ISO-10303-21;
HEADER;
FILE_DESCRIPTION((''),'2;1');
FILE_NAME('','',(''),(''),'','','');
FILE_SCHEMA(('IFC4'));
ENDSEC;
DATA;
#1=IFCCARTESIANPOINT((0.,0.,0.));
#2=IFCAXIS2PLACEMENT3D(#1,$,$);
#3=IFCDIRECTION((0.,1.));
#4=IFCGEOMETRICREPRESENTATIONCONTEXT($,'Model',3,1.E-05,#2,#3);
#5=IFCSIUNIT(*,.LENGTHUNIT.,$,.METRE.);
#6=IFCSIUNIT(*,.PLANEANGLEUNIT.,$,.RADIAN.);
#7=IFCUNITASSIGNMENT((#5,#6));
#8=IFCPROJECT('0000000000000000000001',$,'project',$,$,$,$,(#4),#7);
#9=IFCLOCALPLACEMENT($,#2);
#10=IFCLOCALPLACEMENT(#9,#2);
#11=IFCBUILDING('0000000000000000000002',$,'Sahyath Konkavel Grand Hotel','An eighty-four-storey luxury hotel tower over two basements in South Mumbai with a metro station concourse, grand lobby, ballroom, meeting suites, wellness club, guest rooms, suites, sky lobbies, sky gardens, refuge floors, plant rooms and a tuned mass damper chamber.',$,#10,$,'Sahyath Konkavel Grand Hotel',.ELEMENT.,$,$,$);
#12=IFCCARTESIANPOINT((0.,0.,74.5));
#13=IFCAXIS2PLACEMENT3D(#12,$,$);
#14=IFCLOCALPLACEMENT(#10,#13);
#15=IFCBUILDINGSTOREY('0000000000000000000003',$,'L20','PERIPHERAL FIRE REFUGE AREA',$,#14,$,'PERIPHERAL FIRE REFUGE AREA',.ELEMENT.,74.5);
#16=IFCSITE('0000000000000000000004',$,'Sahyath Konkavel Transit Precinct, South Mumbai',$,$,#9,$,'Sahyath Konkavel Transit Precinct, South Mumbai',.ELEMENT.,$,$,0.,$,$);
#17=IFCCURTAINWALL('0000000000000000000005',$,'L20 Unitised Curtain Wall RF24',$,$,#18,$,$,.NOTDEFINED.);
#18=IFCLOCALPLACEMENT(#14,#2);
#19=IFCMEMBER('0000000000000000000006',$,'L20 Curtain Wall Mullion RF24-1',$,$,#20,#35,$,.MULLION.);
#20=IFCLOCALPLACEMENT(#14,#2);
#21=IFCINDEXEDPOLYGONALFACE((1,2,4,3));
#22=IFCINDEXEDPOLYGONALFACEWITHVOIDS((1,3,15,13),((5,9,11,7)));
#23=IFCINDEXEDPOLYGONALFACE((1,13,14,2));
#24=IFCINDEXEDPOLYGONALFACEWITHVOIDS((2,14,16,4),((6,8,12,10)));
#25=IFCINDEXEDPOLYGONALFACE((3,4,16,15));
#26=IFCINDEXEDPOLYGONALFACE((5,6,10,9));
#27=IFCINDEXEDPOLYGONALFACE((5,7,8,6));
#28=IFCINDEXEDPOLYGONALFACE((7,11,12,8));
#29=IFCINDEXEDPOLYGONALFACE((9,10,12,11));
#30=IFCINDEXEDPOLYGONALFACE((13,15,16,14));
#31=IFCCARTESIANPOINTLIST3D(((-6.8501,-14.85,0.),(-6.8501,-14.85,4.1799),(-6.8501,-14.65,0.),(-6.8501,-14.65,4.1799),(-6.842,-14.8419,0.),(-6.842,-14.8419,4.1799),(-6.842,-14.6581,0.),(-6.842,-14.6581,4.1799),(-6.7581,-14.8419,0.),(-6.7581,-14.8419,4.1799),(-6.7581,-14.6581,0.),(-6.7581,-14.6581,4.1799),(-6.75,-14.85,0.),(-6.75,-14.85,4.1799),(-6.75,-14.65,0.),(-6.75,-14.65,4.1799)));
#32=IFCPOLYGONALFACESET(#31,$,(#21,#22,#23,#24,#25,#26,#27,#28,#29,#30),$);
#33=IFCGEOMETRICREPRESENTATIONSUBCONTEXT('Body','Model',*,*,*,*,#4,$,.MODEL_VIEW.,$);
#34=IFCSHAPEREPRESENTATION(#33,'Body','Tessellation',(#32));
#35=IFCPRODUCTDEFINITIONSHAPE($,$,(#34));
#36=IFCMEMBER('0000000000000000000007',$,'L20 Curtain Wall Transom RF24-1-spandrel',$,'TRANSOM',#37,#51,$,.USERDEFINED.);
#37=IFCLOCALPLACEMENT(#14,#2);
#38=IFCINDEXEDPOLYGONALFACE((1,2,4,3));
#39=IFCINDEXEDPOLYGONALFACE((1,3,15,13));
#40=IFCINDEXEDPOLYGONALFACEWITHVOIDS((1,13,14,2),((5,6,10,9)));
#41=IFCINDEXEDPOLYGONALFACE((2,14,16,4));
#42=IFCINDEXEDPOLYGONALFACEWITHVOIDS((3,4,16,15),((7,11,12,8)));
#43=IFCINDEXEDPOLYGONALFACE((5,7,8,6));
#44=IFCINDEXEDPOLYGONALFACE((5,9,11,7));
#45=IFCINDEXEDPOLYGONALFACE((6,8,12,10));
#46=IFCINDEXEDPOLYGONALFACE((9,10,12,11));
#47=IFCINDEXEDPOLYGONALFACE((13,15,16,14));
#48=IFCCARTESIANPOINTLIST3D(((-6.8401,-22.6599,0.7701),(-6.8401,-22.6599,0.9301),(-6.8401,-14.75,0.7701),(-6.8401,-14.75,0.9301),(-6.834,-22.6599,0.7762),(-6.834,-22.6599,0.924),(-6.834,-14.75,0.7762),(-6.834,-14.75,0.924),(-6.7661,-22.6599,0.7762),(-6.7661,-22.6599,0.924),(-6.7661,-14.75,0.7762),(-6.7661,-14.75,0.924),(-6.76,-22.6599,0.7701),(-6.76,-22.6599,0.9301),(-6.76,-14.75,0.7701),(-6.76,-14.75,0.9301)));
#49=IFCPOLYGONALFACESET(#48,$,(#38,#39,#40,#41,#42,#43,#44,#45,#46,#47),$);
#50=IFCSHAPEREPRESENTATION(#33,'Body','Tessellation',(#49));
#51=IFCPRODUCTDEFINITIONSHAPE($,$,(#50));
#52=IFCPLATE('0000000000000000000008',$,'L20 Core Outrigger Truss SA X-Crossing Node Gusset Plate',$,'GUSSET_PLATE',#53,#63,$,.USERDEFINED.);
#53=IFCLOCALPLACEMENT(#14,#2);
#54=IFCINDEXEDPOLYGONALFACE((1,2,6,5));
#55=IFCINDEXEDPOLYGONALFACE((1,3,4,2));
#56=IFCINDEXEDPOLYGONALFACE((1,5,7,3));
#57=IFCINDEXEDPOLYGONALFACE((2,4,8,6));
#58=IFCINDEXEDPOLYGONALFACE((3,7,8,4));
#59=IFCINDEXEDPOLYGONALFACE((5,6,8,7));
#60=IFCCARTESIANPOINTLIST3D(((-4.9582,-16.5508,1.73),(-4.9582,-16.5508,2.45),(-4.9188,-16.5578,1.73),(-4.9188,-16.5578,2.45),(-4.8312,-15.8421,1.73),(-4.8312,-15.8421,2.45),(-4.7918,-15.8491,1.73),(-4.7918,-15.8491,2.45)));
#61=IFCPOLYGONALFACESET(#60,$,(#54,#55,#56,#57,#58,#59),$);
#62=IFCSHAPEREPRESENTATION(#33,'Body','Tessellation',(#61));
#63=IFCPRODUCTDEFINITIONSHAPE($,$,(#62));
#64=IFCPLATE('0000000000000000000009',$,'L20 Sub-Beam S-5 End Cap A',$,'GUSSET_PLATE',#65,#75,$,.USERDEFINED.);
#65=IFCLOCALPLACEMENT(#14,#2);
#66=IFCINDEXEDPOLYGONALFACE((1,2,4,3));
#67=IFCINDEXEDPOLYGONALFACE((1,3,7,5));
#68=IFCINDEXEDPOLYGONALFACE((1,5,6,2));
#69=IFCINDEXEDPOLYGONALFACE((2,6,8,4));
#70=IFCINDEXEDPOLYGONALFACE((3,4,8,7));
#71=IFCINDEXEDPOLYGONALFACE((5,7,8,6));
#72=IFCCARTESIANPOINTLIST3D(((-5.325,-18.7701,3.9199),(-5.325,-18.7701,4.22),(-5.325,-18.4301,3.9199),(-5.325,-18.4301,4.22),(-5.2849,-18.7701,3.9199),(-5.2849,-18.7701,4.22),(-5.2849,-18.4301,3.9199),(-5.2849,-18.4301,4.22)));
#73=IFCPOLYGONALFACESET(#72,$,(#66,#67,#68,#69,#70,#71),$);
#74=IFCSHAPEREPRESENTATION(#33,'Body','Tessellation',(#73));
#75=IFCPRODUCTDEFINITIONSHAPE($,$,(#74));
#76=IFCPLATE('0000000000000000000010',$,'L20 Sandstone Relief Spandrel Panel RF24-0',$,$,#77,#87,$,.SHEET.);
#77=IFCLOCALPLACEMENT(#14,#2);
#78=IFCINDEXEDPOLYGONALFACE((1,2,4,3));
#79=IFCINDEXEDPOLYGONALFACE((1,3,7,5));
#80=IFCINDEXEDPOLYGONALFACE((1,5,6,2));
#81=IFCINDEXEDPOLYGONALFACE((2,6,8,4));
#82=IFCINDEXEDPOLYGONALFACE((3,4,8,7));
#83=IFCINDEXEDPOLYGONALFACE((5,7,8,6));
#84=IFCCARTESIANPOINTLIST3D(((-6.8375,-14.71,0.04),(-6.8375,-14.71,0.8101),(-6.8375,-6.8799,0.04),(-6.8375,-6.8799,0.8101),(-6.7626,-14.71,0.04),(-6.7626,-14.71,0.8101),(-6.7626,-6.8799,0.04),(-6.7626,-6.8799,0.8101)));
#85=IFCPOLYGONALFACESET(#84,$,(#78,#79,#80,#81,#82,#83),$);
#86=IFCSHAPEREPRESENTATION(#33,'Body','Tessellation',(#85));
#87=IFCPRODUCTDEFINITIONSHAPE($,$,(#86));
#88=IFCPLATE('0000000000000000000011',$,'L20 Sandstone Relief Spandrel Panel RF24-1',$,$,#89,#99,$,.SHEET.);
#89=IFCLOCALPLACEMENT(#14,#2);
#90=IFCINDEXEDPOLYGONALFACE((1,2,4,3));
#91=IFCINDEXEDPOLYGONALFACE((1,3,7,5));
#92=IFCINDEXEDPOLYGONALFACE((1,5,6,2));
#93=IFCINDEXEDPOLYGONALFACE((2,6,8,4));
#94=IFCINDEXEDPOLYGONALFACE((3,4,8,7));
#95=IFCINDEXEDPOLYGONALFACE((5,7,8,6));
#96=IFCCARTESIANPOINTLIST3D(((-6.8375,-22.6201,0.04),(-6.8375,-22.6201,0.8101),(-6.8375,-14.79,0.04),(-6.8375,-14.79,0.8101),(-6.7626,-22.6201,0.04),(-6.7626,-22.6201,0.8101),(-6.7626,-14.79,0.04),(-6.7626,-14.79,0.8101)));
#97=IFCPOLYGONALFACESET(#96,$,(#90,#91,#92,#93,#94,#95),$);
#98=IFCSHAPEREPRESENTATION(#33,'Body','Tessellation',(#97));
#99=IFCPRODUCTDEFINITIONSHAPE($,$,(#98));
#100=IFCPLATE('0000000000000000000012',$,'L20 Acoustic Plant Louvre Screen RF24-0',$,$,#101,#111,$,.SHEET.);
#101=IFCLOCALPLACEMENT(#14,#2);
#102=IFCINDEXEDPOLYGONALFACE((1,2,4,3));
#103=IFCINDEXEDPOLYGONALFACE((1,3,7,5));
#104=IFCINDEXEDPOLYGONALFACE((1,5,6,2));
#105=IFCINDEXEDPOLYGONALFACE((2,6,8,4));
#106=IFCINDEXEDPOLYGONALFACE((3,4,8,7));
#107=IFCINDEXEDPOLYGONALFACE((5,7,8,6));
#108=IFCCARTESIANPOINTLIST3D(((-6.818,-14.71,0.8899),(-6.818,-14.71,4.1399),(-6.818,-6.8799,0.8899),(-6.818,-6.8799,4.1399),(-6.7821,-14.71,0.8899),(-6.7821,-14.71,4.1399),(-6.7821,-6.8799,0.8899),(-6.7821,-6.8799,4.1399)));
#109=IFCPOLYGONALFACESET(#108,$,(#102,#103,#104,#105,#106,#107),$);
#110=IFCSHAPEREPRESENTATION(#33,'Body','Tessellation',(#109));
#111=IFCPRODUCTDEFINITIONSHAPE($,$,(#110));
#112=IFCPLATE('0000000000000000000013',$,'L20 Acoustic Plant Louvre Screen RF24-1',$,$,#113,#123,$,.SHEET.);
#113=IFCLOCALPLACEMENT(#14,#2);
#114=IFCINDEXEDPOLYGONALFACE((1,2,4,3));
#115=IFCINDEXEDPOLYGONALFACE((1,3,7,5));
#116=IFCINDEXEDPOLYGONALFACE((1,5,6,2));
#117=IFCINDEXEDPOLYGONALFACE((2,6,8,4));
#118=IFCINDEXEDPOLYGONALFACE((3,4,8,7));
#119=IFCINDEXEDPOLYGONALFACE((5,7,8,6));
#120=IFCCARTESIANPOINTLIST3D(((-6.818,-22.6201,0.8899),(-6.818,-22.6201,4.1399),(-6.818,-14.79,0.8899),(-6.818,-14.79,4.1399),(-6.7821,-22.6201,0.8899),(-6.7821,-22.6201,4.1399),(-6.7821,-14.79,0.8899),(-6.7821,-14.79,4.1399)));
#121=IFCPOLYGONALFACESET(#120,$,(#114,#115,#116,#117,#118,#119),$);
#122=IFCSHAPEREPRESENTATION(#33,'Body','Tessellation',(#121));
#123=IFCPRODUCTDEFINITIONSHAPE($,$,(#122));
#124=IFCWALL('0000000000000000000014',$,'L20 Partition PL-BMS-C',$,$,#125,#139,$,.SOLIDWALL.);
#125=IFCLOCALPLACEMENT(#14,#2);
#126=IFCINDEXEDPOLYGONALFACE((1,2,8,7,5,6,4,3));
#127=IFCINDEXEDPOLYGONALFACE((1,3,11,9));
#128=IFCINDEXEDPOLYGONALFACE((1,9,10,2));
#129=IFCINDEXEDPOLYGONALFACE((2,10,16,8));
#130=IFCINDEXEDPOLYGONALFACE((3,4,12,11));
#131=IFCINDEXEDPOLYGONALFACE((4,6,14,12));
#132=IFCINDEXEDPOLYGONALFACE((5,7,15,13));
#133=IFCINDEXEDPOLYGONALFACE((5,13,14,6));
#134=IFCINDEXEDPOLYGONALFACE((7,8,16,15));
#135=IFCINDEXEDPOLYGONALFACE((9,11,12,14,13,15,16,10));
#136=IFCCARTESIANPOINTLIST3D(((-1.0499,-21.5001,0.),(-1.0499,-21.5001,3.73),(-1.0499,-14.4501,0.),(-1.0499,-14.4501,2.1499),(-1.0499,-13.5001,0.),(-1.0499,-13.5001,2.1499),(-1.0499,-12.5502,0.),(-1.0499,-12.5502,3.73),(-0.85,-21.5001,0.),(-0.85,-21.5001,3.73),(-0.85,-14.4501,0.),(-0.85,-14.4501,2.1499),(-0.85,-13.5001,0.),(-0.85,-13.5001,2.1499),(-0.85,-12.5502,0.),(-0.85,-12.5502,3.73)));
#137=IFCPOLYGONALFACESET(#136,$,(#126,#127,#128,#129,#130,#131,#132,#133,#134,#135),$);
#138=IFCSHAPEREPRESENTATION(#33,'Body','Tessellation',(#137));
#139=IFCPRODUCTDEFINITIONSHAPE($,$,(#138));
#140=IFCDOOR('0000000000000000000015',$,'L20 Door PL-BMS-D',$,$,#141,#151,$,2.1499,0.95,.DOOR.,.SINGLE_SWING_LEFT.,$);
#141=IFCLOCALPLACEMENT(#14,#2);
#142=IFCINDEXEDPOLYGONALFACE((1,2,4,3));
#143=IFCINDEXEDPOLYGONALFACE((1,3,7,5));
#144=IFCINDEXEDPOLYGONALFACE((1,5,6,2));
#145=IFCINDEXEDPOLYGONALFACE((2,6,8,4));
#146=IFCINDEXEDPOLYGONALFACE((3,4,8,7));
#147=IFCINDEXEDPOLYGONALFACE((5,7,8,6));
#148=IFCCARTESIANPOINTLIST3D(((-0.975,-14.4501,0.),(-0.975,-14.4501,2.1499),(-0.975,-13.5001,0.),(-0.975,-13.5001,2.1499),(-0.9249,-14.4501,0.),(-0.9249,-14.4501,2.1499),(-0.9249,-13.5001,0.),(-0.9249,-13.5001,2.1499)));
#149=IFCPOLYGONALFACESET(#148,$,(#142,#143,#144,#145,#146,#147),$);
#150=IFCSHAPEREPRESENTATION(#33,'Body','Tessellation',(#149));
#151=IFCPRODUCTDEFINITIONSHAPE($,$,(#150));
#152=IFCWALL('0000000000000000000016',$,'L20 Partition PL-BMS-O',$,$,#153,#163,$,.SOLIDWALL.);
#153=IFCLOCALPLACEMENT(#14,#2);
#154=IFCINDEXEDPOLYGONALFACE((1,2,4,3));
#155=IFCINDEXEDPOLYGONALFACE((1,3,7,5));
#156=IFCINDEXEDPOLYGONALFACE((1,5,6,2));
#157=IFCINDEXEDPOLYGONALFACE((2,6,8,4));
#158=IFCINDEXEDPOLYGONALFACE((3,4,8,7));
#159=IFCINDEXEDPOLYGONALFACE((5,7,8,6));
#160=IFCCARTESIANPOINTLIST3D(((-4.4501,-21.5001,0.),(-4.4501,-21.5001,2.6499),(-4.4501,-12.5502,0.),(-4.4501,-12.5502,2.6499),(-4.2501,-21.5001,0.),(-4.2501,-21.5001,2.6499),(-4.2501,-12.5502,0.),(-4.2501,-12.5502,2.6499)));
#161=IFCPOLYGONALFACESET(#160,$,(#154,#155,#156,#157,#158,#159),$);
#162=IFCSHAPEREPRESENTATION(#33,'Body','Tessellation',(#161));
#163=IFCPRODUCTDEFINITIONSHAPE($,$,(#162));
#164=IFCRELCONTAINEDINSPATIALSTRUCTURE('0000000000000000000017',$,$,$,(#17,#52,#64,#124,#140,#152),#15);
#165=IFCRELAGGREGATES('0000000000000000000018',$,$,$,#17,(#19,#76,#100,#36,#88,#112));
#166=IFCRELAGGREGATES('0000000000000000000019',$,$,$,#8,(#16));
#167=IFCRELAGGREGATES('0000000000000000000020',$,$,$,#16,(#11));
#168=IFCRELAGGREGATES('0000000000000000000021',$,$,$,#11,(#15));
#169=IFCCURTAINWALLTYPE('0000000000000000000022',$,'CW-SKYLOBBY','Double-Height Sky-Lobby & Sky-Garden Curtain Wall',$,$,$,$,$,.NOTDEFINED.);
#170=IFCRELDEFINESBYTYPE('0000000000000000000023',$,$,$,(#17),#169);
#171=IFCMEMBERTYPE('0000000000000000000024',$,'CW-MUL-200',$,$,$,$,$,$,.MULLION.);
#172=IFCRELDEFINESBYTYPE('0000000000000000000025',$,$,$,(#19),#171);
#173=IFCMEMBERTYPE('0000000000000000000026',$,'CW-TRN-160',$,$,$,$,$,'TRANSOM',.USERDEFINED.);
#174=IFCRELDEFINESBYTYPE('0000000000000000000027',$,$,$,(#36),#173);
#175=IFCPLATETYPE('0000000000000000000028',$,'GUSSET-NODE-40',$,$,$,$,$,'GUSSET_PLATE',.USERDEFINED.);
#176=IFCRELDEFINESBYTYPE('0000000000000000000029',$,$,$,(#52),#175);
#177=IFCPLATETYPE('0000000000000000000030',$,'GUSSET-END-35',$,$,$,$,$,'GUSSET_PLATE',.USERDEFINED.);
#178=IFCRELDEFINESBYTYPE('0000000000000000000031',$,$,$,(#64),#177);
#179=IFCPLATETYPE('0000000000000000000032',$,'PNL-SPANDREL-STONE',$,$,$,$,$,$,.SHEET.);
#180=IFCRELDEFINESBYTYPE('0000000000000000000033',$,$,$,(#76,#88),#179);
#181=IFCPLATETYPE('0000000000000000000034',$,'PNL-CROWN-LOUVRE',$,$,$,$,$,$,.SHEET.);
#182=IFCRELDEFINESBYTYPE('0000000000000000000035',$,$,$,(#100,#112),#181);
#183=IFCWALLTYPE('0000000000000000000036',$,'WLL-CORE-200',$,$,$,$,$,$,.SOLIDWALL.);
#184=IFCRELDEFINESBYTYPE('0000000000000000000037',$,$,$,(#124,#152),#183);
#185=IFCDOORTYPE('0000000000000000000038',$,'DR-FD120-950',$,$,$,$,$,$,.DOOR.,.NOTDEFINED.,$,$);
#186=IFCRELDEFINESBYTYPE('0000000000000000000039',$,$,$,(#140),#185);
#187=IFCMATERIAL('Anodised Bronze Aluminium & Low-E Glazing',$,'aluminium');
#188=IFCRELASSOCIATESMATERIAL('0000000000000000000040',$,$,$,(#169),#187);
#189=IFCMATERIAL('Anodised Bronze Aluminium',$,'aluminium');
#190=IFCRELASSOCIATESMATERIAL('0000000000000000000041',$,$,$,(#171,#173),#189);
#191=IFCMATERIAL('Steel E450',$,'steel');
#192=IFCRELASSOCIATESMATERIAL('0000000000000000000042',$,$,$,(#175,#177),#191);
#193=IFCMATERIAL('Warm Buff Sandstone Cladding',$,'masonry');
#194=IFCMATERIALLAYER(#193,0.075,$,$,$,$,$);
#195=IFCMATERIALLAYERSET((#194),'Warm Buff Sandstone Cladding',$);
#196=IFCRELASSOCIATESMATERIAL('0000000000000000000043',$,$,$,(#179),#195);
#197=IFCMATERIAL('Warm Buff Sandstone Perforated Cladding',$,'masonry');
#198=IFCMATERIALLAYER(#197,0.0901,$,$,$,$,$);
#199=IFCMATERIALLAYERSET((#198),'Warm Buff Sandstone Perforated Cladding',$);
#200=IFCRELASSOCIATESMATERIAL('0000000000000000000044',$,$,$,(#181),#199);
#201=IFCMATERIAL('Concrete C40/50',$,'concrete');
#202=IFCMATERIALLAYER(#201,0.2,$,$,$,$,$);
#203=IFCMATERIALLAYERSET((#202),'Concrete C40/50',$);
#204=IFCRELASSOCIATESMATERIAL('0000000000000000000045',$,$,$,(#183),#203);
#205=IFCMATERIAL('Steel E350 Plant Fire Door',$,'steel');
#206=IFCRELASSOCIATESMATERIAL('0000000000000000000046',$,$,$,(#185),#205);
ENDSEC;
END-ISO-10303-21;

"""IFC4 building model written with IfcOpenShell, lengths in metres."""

from ifc_helpers import new_model, si_unit, direction, frame, frame_2d, origin, origin_2d, place, context, subcontext, project, spatial, rectangle, hollow_rectangle, extrude, source, transform, mapped, material, layer, layer_set, material_profile, profile_set, type_object, element, fill, aggregate, save


model = new_model("IFC4")

# Units and contexts
model_context = context("Model", 3, precision=1e-05, world=origin(), true_north=direction((0.0, 1.0)))
body_context = subcontext(model_context, "Body", "Model", "MODEL_VIEW")
ifc_project = project(units=[si_unit("LENGTHUNIT", "METRE"), si_unit("PLANEANGLEUNIT", "RADIAN")], contexts=[model_context])

# Site, building, storey
site_placement = place(None, origin())
site = spatial("IfcSite", under=ifc_project, at=site_placement, Name="Sahyath Konkavel Transit Precinct, South Mumbai", LongName="Sahyath Konkavel Transit Precinct, South Mumbai", CompositionType="ELEMENT", RefElevation=0.0)
building_placement = place(site_placement, origin())
building = spatial("IfcBuilding", under=site, at=building_placement, Name="Sahyath Konkavel Grand Hotel", Description="An eighty-four-storey luxury hotel tower over two basements in South Mumbai with a metro station concourse, grand lobby, ballroom, meeting suites, wellness club, guest rooms, suites, sky lobbies, sky gardens, refuge floors, plant rooms and a tuned mass damper chamber.", LongName="Sahyath Konkavel Grand Hotel", CompositionType="ELEMENT")
storey_placement = place(building_placement, frame((0.0, 0.0, 74.5)))
storey = spatial("IfcBuildingStorey", under=building, at=storey_placement, Name="L20", Description="PERIPHERAL FIRE REFUGE AREA", LongName="PERIPHERAL FIRE REFUGE AREA", CompositionType="ELEMENT", Elevation=74.5)

# Shared definitions
ifc_material_1 = material(Name="Steel E450", Category="steel")

# Curtain wall, members
ifc_material_2 = material(Name="Anodised Bronze Aluminium & Low-E Glazing", Category="aluminium")
curtain_wall_type = type_object("IfcCurtainWallType", Name="CW-SKYLOBBY", Description="Double-Height Sky-Lobby & Sky-Garden Curtain Wall", PredefinedType="NOTDEFINED", material=ifc_material_2)
curtain_wall_placement = place(storey_placement, origin())
curtain_wall = element("IfcCurtainWall", 1, at=curtain_wall_placement, inside=storey, type_object=curtain_wall_type, Name="L20 Unitised Curtain Wall RF24", PredefinedType="NOTDEFINED")
ifc_material_3 = material(Name="Anodised Bronze Aluminium", Category="aluminium")
ifc_material_profile_1 = material_profile(ifc_material_3, hollow_rectangle(XDim=0.1001, YDim=0.2, WallThickness=0.0081, at=origin_2d()), Name="RHS 200x100x8")
ifc_profile_set_1 = profile_set([ifc_material_profile_1], Name="Anodised Bronze Aluminium")
member_type_1 = type_object("IfcMemberType", Name="CW-MUL-200", PredefinedType="MULLION", material=ifc_profile_set_1)
shared_shape_1 = source(origin(), body_context, "Body", "SweptSolid", [
    extrude(hollow_rectangle(XDim=0.1001, YDim=0.2, WallThickness=0.0081, at=origin_2d()), origin(), (0.0, 0.0, 1.0), 4.1799),
])
member_1_placement = place(storey_placement, frame((-6.8, -14.75, 0.0), z_axis=(0.0, 0.0, 1.0), x_axis=(1.0, 0.0, 0.0)))
member_1 = element("IfcMember", 2, at=member_1_placement, type_object=member_type_1, Name="L20 Curtain Wall Mullion RF24-1", PredefinedType="MULLION", context=body_context, shape_type="MappedRepresentation", body=[
    mapped(shared_shape_1, transform((0.0, 0.0, 0.0), scale=1.0)),
])
ifc_material_profile_2 = material_profile(ifc_material_3, hollow_rectangle(XDim=0.0801, YDim=0.1599, WallThickness=0.0061, at=origin_2d()), Name="RHS 160x80x6")
ifc_profile_set_2 = profile_set([ifc_material_profile_2], Name="Anodised Bronze Aluminium")
member_type_2 = type_object("IfcMemberType", Name="CW-TRN-160", ElementType="TRANSOM", PredefinedType="USERDEFINED", material=ifc_profile_set_2)
shared_shape_2 = source(origin(), body_context, "Body", "SweptSolid", [
    extrude(hollow_rectangle(XDim=0.0801, YDim=0.1599, WallThickness=0.0061, at=origin_2d()), origin(), (0.0, 0.0, 1.0), 7.9099),
])
member_2_placement = place(storey_placement, frame((-6.8, -14.75, 0.8501), z_axis=(0.0, -1.0, 0.0), x_axis=(1.0, 0.0, 0.0)))
member_2 = element("IfcMember", 3, at=member_2_placement, type_object=member_type_2, Name="L20 Curtain Wall Transom RF24-1-spandrel", ObjectType="TRANSOM", PredefinedType="USERDEFINED", context=body_context, shape_type="MappedRepresentation", body=[
    mapped(shared_shape_2, transform((0.0, 0.0, 0.0), scale=1.0)),
])

# Plates
plate_type_1 = type_object("IfcPlateType", Name="GUSSET-NODE-40", ElementType="GUSSET_PLATE", PredefinedType="USERDEFINED", material=ifc_material_1)
shared_shape_3 = source(origin(), body_context, "Body", "SweptSolid", [
    extrude(rectangle(XDim=0.72, YDim=0.04, at=origin_2d()), origin(), (0.0, 0.0, 1.0), 0.72),
])
plate_1_placement = place(storey_placement, frame((-4.875, -16.2, 1.73), z_axis=(0.0, 0.0, 1.0), x_axis=(-0.176363, -0.984325, 0.0)))
element("IfcPlate", 4, at=plate_1_placement, inside=storey, type_object=plate_type_1, Name="L20 Core Outrigger Truss SA X-Crossing Node Gusset Plate", ObjectType="GUSSET_PLATE", PredefinedType="USERDEFINED", context=body_context, shape_type="MappedRepresentation", body=[
    mapped(shared_shape_3, transform((0.0, 0.0, 0.0), scale=1.0)),
])
plate_type_2 = type_object("IfcPlateType", Name="GUSSET-END-35", ElementType="GUSSET_PLATE", PredefinedType="USERDEFINED", material=ifc_material_1)
shared_shape_4 = source(origin(), body_context, "Body", "SweptSolid", [
    extrude(rectangle(XDim=0.04, YDim=0.3401, at=origin_2d()), origin(), (0.0, 0.0, 1.0), 0.3),
])
plate_2_placement = place(storey_placement, frame((-5.3049, -18.6001, 3.9199), z_axis=(0.0, 0.0, 1.0), x_axis=(1.0, 0.0, 0.0)))
element("IfcPlate", 5, at=plate_2_placement, inside=storey, type_object=plate_type_2, Name="L20 Sub-Beam S-5 End Cap A", ObjectType="GUSSET_PLATE", PredefinedType="USERDEFINED", context=body_context, shape_type="MappedRepresentation", body=[
    mapped(shared_shape_4, transform((0.0, 0.0, 0.0), scale=1.0)),
])

# Plates
ifc_material_4 = material(Name="Warm Buff Sandstone Cladding", Category="masonry")
ifc_layer_1 = layer(ifc_material_4, 0.075)
ifc_layer_set_1 = layer_set([ifc_layer_1], Name="Warm Buff Sandstone Cladding")
plate_type_3 = type_object("IfcPlateType", Name="PNL-SPANDREL-STONE", PredefinedType="SHEET", material=ifc_layer_set_1)
shared_shape_5 = source(origin(), body_context, "Body", "SweptSolid", [
    extrude(rectangle(XDim=7.8301, YDim=0.075, at=origin_2d()), origin(), (0.0, 0.0, 1.0), 0.77),
])
plate_3_placement = place(storey_placement, frame((-6.8, -10.7949, 0.04), z_axis=(0.0, 0.0, 1.0), x_axis=(0.0, -1.0, 0.0)))
plate_3 = element("IfcPlate", 6, at=plate_3_placement, type_object=plate_type_3, Name="L20 Sandstone Relief Spandrel Panel RF24-0", PredefinedType="SHEET", context=body_context, shape_type="MappedRepresentation", body=[
    mapped(shared_shape_5, transform((0.0, 0.0, 0.0), scale=1.0)),
])
plate_4_placement = place(storey_placement, frame((-6.8, -18.7051, 0.04), z_axis=(0.0, 0.0, 1.0), x_axis=(0.0, -1.0, 0.0)))
plate_4 = element("IfcPlate", 7, at=plate_4_placement, type_object=plate_type_3, Name="L20 Sandstone Relief Spandrel Panel RF24-1", PredefinedType="SHEET", context=body_context, shape_type="MappedRepresentation", body=[
    mapped(shared_shape_5, transform((0.0, 0.0, 0.0), scale=1.0)),
])
ifc_material_5 = material(Name="Warm Buff Sandstone Perforated Cladding", Category="masonry")
ifc_layer_2 = layer(ifc_material_5, 0.0901)
ifc_layer_set_2 = layer_set([ifc_layer_2], Name="Warm Buff Sandstone Perforated Cladding")
plate_type_4 = type_object("IfcPlateType", Name="PNL-CROWN-LOUVRE", PredefinedType="SHEET", material=ifc_layer_set_2)
shared_shape_6 = source(origin(), body_context, "Body", "SweptSolid", [
    extrude(rectangle(XDim=7.8301, YDim=0.0359, at=origin_2d()), origin(), (0.0, 0.0, 1.0), 3.25),
])
plate_5_placement = place(storey_placement, frame((-6.8, -10.7949, 0.8899), z_axis=(0.0, 0.0, 1.0), x_axis=(0.0, -1.0, 0.0)))
plate_5 = element("IfcPlate", 8, at=plate_5_placement, type_object=plate_type_4, Name="L20 Acoustic Plant Louvre Screen RF24-0", PredefinedType="SHEET", context=body_context, shape_type="MappedRepresentation", body=[
    mapped(shared_shape_6, transform((0.0, 0.0, 0.0), scale=1.0)),
])
plate_6_placement = place(storey_placement, frame((-6.8, -18.7051, 0.8899), z_axis=(0.0, 0.0, 1.0), x_axis=(0.0, -1.0, 0.0)))
plate_6 = element("IfcPlate", 9, at=plate_6_placement, type_object=plate_type_4, Name="L20 Acoustic Plant Louvre Screen RF24-1", PredefinedType="SHEET", context=body_context, shape_type="MappedRepresentation", body=[
    mapped(shared_shape_6, transform((0.0, 0.0, 0.0), scale=1.0)),
])
aggregate(curtain_wall, [member_1, plate_3, plate_5, member_2, plate_4, plate_6])

# Wall, opening, door
ifc_material_6 = material(Name="Concrete C40/50", Category="concrete")
ifc_layer_3 = layer(ifc_material_6, 0.2)
ifc_layer_set_3 = layer_set([ifc_layer_3], Name="Concrete C40/50")
wall_type = type_object("IfcWallType", Name="WLL-CORE-200", PredefinedType="SOLIDWALL", material=ifc_layer_set_3)
wall_1_placement = place(storey_placement, frame((-0.95, -12.55, 0.0), z_axis=(0.0, 0.0, 1.0), x_axis=(0.0, -1.0, 0.0)))
wall_1 = element("IfcWall", 10, at=wall_1_placement, inside=storey, type_object=wall_type, Name="L20 Partition PL-BMS-C", PredefinedType="SOLIDWALL", context=body_context, shape_type="SweptSolid", body=[
    extrude(rectangle(XDim=8.95, YDim=0.2, at=frame_2d((4.4751, 0.0))), origin(), (0.0, 0.0, 1.0), 3.73),
])
opening_placement = place(wall_1_placement, frame((0.95, 0.0, 0.0)))
opening = element("IfcOpeningElement", 11, at=opening_placement, cuts=wall_1, PredefinedType="OPENING", context=body_context, shape_type="SweptSolid", body=[
    extrude(rectangle(XDim=0.95, YDim=2.1499, at=frame_2d((0.4751, 1.075))), frame((0.0, 0.1099, 0.0), z_axis=(0.0, -1.0, 0.0), x_axis=(1.0, 0.0, 0.0)), (0.0, 0.0, 1.0), 0.22),
])
ifc_material_7 = material(Name="Steel E350 Plant Fire Door", Category="steel")
door_type = type_object("IfcDoorType", Name="DR-FD120-950", OperationType="NOTDEFINED", PredefinedType="DOOR", material=ifc_material_7)
shared_shape_7 = source(origin(), body_context, "Body", "SweptSolid", [
    extrude(rectangle(XDim=0.95, YDim=0.05, at=origin_2d()), origin(), (0.0, 0.0, 1.0), 2.1499),
])
door_placement = place(opening_placement, frame((0.4751, 0.0, 0.0)))
door = element("IfcDoor", 12, at=door_placement, inside=storey, type_object=door_type, Name="L20 Door PL-BMS-D", OperationType="SINGLE_SWING_LEFT", OverallHeight=2.1499, OverallWidth=0.95, PredefinedType="DOOR", context=body_context, shape_type="MappedRepresentation", body=[
    mapped(shared_shape_7, transform((0.0, 0.0, 0.0), scale=1.0)),
])
fill(opening, door)

# Wall
wall_2_placement = place(storey_placement, frame((-4.3501, -12.55, 0.0), z_axis=(0.0, 0.0, 1.0), x_axis=(0.0, -1.0, 0.0)))
element("IfcWall", 13, at=wall_2_placement, inside=storey, type_object=wall_type, Name="L20 Partition PL-BMS-O", PredefinedType="SOLIDWALL", context=body_context, shape_type="SweptSolid", body=[
    extrude(rectangle(XDim=8.95, YDim=0.2, at=frame_2d((4.4751, 0.0))), origin(), (0.0, 0.0, 1.0), 2.6499),
])

save(model, "model.ifc")
